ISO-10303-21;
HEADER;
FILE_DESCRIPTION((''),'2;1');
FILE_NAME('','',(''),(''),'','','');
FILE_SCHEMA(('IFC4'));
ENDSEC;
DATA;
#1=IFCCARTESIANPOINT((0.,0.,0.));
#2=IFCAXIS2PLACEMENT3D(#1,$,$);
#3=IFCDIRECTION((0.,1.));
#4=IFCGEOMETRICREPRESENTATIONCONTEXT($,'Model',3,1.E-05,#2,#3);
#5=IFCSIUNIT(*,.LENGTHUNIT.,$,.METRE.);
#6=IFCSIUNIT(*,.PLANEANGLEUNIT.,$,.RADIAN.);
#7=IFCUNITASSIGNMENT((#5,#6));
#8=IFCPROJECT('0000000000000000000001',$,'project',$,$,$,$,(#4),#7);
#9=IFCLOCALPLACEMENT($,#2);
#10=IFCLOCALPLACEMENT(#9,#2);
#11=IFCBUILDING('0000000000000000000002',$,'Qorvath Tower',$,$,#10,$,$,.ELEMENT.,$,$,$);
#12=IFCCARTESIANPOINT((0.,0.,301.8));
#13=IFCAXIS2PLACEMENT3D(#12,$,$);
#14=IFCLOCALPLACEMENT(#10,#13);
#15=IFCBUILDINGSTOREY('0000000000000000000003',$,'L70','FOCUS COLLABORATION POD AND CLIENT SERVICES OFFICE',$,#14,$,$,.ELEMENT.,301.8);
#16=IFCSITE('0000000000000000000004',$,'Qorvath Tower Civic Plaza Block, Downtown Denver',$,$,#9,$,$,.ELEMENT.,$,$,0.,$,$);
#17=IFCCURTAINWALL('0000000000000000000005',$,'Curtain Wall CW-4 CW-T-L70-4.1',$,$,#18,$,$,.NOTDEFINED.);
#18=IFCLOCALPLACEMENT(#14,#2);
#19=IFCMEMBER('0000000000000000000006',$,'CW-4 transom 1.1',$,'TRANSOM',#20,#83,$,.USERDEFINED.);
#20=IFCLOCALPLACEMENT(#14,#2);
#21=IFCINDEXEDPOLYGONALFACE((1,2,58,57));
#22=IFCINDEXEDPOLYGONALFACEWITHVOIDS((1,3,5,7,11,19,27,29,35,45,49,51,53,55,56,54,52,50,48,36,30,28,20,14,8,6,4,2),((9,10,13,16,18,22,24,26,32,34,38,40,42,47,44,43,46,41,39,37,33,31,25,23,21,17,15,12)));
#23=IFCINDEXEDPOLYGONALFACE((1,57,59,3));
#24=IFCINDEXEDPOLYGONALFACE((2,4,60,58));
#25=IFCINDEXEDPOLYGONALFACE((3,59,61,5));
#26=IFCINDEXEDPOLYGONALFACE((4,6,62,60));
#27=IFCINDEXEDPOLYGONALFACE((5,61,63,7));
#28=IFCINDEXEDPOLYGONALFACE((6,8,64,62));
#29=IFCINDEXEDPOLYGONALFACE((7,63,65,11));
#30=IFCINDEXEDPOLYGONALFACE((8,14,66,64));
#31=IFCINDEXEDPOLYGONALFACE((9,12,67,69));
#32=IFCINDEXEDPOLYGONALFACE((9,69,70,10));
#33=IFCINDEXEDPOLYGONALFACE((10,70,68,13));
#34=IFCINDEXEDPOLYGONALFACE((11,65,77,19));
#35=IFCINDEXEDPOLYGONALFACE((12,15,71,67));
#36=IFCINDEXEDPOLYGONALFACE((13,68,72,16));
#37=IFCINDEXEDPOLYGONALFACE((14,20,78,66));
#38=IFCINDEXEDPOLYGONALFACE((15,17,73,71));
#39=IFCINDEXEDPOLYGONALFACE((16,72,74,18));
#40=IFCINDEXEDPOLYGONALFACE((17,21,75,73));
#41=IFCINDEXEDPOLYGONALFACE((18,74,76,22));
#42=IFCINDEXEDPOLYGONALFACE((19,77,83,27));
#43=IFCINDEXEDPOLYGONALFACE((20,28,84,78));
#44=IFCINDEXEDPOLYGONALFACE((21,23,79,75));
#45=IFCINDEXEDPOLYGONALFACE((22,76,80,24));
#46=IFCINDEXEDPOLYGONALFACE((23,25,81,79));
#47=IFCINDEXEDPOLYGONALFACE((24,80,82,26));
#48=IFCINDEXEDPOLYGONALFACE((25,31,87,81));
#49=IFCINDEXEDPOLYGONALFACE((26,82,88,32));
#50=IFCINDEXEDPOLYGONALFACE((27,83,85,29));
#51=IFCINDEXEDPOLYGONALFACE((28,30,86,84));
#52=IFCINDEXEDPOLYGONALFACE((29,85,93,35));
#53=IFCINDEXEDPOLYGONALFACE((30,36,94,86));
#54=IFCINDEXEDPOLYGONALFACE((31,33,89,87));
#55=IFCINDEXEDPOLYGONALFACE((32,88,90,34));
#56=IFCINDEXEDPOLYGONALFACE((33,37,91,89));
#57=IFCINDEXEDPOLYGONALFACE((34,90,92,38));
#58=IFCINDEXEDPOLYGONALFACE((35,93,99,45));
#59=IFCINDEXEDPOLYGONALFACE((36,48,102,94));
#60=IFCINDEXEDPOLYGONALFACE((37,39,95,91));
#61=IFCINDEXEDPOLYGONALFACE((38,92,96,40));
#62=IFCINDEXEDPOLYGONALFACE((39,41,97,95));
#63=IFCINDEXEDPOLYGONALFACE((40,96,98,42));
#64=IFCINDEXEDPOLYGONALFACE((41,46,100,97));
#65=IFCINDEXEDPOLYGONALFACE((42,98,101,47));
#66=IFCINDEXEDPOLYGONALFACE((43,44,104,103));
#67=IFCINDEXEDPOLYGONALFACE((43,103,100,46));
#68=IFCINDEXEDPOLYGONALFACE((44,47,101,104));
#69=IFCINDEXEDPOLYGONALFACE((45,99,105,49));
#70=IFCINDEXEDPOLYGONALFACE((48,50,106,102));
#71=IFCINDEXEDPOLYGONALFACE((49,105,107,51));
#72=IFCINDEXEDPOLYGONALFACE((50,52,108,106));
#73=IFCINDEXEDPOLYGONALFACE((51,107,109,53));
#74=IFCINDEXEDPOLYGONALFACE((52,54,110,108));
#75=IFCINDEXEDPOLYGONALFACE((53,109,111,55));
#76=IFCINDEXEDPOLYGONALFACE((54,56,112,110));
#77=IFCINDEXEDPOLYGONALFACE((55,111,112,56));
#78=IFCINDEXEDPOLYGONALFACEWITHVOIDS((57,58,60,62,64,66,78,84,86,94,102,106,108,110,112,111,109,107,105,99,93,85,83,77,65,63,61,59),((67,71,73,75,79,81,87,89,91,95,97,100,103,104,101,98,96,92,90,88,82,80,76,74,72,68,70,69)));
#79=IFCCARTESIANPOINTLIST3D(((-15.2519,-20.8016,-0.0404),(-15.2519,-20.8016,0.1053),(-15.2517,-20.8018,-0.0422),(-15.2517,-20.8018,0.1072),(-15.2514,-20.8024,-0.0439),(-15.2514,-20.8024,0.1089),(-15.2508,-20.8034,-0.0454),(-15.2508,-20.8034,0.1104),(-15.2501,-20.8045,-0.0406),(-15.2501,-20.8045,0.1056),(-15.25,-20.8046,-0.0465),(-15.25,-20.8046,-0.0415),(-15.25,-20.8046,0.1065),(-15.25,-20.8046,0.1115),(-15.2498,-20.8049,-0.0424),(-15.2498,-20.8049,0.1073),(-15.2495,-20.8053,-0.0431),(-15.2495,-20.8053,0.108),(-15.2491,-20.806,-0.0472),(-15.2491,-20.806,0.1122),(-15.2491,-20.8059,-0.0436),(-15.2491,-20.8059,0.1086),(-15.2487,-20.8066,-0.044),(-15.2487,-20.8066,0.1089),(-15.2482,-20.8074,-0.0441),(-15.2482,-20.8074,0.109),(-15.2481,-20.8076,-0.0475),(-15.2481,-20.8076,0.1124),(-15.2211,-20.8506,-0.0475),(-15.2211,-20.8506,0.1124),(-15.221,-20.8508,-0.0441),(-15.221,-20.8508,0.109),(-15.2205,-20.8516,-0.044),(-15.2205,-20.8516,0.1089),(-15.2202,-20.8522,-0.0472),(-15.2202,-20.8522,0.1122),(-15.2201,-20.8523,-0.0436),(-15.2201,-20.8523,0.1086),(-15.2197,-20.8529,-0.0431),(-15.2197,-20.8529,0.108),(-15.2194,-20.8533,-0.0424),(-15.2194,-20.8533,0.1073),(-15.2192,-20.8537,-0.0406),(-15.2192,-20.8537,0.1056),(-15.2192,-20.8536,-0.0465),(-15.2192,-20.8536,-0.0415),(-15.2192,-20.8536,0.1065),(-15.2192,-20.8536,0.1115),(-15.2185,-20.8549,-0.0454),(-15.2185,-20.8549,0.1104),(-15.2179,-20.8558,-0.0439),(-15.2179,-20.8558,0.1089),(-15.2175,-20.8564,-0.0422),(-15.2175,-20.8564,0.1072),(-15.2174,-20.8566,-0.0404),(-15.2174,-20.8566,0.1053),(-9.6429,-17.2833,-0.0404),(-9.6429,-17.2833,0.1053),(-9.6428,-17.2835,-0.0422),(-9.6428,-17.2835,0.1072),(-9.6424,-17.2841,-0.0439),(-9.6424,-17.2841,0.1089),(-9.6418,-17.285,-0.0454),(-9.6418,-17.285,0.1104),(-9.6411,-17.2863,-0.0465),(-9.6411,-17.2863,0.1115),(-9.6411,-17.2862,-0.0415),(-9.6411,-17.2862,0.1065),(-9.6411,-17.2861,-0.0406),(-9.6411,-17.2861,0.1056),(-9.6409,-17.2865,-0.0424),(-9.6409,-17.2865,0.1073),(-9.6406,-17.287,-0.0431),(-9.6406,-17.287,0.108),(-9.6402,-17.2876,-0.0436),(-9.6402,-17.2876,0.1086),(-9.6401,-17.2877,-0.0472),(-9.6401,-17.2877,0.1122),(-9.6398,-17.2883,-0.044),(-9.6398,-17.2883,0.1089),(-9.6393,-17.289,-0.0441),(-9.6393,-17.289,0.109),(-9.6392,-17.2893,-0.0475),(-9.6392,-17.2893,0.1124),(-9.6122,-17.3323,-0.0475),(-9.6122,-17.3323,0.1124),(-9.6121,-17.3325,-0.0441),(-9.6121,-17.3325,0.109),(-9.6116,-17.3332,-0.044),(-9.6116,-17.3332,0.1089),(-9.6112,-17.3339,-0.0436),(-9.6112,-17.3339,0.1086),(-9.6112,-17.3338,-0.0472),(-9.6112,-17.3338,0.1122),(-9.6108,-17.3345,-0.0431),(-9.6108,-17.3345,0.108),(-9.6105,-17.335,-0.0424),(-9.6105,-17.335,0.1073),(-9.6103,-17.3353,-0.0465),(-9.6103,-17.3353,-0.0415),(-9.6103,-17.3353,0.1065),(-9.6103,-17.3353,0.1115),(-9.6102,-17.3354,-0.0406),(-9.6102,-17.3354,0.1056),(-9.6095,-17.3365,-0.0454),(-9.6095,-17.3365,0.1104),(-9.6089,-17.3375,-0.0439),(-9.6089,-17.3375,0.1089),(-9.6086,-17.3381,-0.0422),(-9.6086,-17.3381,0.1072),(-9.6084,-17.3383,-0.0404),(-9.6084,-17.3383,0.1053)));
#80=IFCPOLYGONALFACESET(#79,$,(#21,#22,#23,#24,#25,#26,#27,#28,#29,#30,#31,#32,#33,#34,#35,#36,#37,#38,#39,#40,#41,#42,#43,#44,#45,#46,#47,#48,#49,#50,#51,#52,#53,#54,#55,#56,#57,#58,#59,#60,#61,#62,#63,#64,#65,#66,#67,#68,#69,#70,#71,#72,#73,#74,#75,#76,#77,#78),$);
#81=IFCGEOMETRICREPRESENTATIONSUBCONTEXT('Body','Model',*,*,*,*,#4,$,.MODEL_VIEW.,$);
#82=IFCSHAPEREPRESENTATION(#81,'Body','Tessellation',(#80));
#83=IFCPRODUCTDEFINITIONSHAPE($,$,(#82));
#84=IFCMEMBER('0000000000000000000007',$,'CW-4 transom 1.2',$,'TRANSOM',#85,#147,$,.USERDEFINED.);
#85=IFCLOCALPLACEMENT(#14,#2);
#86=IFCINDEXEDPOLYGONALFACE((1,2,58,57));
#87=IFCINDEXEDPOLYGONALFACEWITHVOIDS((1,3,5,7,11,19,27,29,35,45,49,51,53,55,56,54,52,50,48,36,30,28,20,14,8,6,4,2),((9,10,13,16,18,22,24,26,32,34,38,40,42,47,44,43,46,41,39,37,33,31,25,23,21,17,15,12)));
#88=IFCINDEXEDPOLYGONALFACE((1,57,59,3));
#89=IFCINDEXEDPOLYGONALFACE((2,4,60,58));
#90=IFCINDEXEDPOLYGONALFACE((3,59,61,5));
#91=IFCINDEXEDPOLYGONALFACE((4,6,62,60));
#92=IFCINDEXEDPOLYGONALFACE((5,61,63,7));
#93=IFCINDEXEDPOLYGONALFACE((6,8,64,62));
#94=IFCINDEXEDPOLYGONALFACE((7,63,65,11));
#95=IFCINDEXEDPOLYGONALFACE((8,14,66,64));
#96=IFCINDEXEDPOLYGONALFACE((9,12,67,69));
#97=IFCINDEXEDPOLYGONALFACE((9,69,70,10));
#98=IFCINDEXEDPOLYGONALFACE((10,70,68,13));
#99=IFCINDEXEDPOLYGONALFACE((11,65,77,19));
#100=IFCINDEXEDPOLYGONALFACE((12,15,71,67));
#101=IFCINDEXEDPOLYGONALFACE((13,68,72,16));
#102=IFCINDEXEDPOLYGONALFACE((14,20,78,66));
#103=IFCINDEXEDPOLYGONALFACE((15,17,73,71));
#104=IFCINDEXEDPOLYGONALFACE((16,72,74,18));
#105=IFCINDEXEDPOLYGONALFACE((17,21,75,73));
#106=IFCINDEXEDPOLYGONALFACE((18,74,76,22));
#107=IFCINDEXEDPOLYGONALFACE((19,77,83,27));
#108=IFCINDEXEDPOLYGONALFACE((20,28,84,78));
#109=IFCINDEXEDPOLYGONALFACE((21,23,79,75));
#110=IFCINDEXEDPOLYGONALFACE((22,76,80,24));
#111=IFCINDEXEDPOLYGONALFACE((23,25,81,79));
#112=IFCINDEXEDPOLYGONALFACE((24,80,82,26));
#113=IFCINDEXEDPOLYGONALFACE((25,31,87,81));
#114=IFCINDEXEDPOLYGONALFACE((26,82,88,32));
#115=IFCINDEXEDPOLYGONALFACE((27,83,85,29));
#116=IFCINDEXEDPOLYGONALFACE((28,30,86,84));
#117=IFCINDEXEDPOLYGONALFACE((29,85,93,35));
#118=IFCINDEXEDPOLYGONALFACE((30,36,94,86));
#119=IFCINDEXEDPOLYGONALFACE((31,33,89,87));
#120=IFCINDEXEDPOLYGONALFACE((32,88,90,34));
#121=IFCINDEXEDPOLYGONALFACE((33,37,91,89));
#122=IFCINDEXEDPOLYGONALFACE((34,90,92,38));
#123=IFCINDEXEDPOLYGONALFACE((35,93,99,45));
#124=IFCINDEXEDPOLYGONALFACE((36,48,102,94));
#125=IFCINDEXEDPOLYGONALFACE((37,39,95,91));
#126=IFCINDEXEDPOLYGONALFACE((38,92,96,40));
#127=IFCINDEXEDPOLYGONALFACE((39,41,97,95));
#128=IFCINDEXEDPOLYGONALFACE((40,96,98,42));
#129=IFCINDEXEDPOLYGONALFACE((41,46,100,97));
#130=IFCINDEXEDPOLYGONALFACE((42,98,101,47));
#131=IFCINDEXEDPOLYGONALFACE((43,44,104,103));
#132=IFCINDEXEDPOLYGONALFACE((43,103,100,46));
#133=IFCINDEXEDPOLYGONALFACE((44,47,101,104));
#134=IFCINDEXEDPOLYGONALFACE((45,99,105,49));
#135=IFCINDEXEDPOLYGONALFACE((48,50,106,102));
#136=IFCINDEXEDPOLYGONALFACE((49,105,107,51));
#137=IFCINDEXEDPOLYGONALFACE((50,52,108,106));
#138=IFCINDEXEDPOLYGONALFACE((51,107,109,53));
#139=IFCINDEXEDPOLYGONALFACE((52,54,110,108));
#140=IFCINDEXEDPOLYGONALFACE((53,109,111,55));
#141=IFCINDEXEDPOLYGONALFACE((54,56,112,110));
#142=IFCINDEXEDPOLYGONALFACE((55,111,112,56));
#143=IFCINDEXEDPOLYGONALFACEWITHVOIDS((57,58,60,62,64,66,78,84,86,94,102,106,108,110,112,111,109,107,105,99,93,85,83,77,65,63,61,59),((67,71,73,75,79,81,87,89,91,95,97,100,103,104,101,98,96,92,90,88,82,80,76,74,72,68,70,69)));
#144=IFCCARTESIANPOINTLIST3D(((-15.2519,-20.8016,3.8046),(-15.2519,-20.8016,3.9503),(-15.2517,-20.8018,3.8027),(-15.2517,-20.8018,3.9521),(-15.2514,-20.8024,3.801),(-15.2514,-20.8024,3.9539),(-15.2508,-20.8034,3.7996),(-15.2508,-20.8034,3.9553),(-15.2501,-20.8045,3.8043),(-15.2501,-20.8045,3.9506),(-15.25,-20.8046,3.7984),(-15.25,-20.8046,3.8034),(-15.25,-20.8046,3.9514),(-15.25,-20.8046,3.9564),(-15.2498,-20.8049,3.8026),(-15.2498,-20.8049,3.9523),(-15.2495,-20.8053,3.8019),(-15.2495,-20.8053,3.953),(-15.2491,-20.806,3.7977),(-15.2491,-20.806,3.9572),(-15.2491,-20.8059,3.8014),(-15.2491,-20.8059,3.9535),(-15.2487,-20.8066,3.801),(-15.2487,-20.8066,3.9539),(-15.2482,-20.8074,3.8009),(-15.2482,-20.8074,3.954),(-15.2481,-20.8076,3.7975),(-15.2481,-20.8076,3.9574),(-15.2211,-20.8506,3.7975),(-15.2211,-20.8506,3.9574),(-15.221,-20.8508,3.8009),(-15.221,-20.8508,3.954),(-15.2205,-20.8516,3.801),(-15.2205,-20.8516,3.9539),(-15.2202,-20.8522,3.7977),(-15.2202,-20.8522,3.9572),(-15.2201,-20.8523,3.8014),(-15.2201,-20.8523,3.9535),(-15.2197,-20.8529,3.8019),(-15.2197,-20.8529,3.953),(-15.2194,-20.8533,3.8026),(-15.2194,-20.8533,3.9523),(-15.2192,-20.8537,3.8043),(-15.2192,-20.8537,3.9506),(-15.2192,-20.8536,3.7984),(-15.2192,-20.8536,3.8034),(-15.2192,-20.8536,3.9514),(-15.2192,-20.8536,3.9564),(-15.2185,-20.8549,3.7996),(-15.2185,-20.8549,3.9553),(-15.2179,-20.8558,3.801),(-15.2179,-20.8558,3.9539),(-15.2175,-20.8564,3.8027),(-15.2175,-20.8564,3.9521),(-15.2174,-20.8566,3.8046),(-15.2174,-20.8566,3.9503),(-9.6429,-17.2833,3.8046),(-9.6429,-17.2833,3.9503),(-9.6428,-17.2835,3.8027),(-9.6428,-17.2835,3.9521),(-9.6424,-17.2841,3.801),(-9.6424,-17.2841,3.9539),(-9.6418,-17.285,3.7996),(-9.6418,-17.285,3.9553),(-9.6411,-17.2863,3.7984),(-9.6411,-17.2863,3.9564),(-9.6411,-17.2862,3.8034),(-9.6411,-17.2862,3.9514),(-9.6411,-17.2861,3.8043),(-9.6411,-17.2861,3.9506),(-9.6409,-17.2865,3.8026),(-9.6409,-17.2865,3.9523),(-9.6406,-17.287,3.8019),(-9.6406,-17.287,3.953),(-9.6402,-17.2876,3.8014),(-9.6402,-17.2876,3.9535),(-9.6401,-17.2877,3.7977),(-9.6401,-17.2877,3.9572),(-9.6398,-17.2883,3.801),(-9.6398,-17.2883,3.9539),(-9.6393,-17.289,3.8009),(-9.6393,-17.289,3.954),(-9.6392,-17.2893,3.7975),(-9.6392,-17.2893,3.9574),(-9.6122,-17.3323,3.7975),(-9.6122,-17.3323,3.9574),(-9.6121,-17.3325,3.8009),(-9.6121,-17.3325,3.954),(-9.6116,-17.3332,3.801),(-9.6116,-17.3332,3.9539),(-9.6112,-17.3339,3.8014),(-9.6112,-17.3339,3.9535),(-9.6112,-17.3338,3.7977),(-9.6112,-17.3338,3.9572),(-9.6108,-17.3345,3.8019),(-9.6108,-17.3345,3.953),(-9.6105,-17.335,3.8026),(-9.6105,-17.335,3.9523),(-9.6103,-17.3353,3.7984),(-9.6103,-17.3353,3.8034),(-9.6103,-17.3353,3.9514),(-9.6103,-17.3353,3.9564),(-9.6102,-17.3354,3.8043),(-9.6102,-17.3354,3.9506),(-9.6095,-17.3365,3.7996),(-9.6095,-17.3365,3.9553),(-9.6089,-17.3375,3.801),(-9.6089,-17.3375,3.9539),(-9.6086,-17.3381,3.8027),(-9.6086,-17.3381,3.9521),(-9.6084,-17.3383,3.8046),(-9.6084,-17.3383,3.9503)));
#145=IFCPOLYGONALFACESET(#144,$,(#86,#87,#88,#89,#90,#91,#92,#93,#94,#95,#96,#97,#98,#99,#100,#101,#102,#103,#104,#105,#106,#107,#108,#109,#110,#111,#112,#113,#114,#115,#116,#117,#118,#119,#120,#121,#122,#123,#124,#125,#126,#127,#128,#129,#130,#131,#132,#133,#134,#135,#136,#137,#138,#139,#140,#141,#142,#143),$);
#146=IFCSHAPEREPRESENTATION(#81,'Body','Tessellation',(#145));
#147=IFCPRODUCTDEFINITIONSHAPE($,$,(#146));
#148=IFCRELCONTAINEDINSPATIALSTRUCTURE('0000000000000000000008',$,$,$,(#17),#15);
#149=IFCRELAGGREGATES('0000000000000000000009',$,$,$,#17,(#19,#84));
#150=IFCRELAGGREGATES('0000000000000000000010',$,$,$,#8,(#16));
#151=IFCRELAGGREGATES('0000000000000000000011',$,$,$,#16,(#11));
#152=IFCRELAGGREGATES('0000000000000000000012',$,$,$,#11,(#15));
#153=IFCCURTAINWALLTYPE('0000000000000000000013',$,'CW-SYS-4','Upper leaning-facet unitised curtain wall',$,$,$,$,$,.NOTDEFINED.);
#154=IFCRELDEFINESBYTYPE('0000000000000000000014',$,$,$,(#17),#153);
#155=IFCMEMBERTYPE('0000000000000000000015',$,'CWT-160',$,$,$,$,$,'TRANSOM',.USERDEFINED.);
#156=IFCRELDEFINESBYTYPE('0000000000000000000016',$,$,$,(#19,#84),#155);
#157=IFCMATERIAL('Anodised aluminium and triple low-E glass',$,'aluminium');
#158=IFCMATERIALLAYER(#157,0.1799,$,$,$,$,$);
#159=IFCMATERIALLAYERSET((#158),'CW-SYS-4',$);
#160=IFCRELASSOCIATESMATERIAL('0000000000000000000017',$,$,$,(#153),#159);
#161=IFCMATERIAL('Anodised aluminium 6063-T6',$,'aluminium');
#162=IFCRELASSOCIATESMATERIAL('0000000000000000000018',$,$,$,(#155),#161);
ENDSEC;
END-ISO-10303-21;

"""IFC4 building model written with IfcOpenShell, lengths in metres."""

from ifc_helpers import new_model, si_unit, direction, frame, origin, origin_2d, place, context, subcontext, project, spatial, hollow_rectangle, extrude, material, layer, layer_set, material_profile, profile_set, type_object, element, aggregate, save


model = new_model("IFC4")

# Units and contexts
model_context = context("Model", 3, precision=1e-05, world=origin(), true_north=direction((0.0, 1.0)))
body_context = subcontext(model_context, "Body", "Model", "MODEL_VIEW")
ifc_project = project(units=[si_unit("LENGTHUNIT", "METRE"), si_unit("PLANEANGLEUNIT", "RADIAN")], contexts=[model_context])

# Site, building, storey
site_placement = place(None, origin())
site = spatial("IfcSite", under=ifc_project, at=site_placement, Name="Qorvath Tower Civic Plaza Block, Downtown Denver", CompositionType="ELEMENT", RefElevation=0.0)
building_placement = place(site_placement, origin())
building = spatial("IfcBuilding", under=site, at=building_placement, Name="Qorvath Tower", CompositionType="ELEMENT")
storey_placement = place(building_placement, frame((0.0, 0.0, 301.8)))
storey = spatial("IfcBuildingStorey", under=building, at=storey_placement, Name="L70", Description="FOCUS COLLABORATION POD AND CLIENT SERVICES OFFICE", CompositionType="ELEMENT", Elevation=301.8)

# Shared definitions
ifc_material_1 = material(Name="Anodised aluminium and triple low-E glass", Category="aluminium")
ifc_layer_1 = layer(ifc_material_1, 0.1799)
ifc_layer_set_1 = layer_set([ifc_layer_1], Name="CW-SYS-4")
curtain_wall_type = type_object("IfcCurtainWallType", Name="CW-SYS-4", Description="Upper leaning-facet unitised curtain wall", PredefinedType="NOTDEFINED", material=ifc_layer_set_1)

# Curtain wall
curtain_wall_1_placement = place(storey_placement, origin())
curtain_wall_1 = element("IfcCurtainWall", 1, at=curtain_wall_1_placement, inside=storey, type_object=curtain_wall_type, Name="Curtain Wall CW-4 CW-T-L70-4.1", PredefinedType="NOTDEFINED")

# Members
ifc_material_2 = material(Name="Anodised aluminium 6063-T6", Category="aluminium")
ifc_material_profile_1 = material_profile(ifc_material_2, hollow_rectangle(XDim=0.0649, YDim=0.1599, WallThickness=0.0034, InnerFilletRadius=0.0034, OuterFilletRadius=0.0071, at=origin_2d()), Name="CWT 160x65")
ifc_profile_set_1 = profile_set([ifc_material_profile_1], Name="Anodised aluminium 6063-T6")
member_type_1 = type_object("IfcMemberType", Name="CWT-160", ElementType="TRANSOM", PredefinedType="USERDEFINED", material=ifc_profile_set_1)
member_1_placement = place(storey_placement, frame((-15.2346, -20.8291, 0.0325), z_axis=(0.847131, 0.531384, 0.0), x_axis=(-0.531384, 0.847131, 0.0)))
member_1 = element("IfcMember", 2, at=member_1_placement, type_object=member_type_1, Name="CW-4 transom 1.1", ObjectType="TRANSOM", PredefinedType="USERDEFINED", context=body_context, shape_type="SweptSolid", body=[
    extrude(hollow_rectangle(XDim=0.0649, YDim=0.1599, WallThickness=0.0034, InnerFilletRadius=0.0034, OuterFilletRadius=0.0071, at=origin_2d()), origin(), (0.0, 0.0, 1.0), 6.6211),
])
member_2_placement = place(storey_placement, frame((-15.2346, -20.8291, 3.8774), z_axis=(0.847131, 0.531384, 0.0), x_axis=(-0.531384, 0.847131, 0.0)))
member_2 = element("IfcMember", 3, at=member_2_placement, type_object=member_type_1, Name="CW-4 transom 1.2", ObjectType="TRANSOM", PredefinedType="USERDEFINED", context=body_context, shape_type="SweptSolid", body=[
    extrude(hollow_rectangle(XDim=0.0649, YDim=0.1599, WallThickness=0.0034, InnerFilletRadius=0.0034, OuterFilletRadius=0.0071, at=origin_2d()), origin(), (0.0, 0.0, 1.0), 6.6211),
])
aggregate(curtain_wall_1, [member_1, member_2])

save(model, "model.ifc")
